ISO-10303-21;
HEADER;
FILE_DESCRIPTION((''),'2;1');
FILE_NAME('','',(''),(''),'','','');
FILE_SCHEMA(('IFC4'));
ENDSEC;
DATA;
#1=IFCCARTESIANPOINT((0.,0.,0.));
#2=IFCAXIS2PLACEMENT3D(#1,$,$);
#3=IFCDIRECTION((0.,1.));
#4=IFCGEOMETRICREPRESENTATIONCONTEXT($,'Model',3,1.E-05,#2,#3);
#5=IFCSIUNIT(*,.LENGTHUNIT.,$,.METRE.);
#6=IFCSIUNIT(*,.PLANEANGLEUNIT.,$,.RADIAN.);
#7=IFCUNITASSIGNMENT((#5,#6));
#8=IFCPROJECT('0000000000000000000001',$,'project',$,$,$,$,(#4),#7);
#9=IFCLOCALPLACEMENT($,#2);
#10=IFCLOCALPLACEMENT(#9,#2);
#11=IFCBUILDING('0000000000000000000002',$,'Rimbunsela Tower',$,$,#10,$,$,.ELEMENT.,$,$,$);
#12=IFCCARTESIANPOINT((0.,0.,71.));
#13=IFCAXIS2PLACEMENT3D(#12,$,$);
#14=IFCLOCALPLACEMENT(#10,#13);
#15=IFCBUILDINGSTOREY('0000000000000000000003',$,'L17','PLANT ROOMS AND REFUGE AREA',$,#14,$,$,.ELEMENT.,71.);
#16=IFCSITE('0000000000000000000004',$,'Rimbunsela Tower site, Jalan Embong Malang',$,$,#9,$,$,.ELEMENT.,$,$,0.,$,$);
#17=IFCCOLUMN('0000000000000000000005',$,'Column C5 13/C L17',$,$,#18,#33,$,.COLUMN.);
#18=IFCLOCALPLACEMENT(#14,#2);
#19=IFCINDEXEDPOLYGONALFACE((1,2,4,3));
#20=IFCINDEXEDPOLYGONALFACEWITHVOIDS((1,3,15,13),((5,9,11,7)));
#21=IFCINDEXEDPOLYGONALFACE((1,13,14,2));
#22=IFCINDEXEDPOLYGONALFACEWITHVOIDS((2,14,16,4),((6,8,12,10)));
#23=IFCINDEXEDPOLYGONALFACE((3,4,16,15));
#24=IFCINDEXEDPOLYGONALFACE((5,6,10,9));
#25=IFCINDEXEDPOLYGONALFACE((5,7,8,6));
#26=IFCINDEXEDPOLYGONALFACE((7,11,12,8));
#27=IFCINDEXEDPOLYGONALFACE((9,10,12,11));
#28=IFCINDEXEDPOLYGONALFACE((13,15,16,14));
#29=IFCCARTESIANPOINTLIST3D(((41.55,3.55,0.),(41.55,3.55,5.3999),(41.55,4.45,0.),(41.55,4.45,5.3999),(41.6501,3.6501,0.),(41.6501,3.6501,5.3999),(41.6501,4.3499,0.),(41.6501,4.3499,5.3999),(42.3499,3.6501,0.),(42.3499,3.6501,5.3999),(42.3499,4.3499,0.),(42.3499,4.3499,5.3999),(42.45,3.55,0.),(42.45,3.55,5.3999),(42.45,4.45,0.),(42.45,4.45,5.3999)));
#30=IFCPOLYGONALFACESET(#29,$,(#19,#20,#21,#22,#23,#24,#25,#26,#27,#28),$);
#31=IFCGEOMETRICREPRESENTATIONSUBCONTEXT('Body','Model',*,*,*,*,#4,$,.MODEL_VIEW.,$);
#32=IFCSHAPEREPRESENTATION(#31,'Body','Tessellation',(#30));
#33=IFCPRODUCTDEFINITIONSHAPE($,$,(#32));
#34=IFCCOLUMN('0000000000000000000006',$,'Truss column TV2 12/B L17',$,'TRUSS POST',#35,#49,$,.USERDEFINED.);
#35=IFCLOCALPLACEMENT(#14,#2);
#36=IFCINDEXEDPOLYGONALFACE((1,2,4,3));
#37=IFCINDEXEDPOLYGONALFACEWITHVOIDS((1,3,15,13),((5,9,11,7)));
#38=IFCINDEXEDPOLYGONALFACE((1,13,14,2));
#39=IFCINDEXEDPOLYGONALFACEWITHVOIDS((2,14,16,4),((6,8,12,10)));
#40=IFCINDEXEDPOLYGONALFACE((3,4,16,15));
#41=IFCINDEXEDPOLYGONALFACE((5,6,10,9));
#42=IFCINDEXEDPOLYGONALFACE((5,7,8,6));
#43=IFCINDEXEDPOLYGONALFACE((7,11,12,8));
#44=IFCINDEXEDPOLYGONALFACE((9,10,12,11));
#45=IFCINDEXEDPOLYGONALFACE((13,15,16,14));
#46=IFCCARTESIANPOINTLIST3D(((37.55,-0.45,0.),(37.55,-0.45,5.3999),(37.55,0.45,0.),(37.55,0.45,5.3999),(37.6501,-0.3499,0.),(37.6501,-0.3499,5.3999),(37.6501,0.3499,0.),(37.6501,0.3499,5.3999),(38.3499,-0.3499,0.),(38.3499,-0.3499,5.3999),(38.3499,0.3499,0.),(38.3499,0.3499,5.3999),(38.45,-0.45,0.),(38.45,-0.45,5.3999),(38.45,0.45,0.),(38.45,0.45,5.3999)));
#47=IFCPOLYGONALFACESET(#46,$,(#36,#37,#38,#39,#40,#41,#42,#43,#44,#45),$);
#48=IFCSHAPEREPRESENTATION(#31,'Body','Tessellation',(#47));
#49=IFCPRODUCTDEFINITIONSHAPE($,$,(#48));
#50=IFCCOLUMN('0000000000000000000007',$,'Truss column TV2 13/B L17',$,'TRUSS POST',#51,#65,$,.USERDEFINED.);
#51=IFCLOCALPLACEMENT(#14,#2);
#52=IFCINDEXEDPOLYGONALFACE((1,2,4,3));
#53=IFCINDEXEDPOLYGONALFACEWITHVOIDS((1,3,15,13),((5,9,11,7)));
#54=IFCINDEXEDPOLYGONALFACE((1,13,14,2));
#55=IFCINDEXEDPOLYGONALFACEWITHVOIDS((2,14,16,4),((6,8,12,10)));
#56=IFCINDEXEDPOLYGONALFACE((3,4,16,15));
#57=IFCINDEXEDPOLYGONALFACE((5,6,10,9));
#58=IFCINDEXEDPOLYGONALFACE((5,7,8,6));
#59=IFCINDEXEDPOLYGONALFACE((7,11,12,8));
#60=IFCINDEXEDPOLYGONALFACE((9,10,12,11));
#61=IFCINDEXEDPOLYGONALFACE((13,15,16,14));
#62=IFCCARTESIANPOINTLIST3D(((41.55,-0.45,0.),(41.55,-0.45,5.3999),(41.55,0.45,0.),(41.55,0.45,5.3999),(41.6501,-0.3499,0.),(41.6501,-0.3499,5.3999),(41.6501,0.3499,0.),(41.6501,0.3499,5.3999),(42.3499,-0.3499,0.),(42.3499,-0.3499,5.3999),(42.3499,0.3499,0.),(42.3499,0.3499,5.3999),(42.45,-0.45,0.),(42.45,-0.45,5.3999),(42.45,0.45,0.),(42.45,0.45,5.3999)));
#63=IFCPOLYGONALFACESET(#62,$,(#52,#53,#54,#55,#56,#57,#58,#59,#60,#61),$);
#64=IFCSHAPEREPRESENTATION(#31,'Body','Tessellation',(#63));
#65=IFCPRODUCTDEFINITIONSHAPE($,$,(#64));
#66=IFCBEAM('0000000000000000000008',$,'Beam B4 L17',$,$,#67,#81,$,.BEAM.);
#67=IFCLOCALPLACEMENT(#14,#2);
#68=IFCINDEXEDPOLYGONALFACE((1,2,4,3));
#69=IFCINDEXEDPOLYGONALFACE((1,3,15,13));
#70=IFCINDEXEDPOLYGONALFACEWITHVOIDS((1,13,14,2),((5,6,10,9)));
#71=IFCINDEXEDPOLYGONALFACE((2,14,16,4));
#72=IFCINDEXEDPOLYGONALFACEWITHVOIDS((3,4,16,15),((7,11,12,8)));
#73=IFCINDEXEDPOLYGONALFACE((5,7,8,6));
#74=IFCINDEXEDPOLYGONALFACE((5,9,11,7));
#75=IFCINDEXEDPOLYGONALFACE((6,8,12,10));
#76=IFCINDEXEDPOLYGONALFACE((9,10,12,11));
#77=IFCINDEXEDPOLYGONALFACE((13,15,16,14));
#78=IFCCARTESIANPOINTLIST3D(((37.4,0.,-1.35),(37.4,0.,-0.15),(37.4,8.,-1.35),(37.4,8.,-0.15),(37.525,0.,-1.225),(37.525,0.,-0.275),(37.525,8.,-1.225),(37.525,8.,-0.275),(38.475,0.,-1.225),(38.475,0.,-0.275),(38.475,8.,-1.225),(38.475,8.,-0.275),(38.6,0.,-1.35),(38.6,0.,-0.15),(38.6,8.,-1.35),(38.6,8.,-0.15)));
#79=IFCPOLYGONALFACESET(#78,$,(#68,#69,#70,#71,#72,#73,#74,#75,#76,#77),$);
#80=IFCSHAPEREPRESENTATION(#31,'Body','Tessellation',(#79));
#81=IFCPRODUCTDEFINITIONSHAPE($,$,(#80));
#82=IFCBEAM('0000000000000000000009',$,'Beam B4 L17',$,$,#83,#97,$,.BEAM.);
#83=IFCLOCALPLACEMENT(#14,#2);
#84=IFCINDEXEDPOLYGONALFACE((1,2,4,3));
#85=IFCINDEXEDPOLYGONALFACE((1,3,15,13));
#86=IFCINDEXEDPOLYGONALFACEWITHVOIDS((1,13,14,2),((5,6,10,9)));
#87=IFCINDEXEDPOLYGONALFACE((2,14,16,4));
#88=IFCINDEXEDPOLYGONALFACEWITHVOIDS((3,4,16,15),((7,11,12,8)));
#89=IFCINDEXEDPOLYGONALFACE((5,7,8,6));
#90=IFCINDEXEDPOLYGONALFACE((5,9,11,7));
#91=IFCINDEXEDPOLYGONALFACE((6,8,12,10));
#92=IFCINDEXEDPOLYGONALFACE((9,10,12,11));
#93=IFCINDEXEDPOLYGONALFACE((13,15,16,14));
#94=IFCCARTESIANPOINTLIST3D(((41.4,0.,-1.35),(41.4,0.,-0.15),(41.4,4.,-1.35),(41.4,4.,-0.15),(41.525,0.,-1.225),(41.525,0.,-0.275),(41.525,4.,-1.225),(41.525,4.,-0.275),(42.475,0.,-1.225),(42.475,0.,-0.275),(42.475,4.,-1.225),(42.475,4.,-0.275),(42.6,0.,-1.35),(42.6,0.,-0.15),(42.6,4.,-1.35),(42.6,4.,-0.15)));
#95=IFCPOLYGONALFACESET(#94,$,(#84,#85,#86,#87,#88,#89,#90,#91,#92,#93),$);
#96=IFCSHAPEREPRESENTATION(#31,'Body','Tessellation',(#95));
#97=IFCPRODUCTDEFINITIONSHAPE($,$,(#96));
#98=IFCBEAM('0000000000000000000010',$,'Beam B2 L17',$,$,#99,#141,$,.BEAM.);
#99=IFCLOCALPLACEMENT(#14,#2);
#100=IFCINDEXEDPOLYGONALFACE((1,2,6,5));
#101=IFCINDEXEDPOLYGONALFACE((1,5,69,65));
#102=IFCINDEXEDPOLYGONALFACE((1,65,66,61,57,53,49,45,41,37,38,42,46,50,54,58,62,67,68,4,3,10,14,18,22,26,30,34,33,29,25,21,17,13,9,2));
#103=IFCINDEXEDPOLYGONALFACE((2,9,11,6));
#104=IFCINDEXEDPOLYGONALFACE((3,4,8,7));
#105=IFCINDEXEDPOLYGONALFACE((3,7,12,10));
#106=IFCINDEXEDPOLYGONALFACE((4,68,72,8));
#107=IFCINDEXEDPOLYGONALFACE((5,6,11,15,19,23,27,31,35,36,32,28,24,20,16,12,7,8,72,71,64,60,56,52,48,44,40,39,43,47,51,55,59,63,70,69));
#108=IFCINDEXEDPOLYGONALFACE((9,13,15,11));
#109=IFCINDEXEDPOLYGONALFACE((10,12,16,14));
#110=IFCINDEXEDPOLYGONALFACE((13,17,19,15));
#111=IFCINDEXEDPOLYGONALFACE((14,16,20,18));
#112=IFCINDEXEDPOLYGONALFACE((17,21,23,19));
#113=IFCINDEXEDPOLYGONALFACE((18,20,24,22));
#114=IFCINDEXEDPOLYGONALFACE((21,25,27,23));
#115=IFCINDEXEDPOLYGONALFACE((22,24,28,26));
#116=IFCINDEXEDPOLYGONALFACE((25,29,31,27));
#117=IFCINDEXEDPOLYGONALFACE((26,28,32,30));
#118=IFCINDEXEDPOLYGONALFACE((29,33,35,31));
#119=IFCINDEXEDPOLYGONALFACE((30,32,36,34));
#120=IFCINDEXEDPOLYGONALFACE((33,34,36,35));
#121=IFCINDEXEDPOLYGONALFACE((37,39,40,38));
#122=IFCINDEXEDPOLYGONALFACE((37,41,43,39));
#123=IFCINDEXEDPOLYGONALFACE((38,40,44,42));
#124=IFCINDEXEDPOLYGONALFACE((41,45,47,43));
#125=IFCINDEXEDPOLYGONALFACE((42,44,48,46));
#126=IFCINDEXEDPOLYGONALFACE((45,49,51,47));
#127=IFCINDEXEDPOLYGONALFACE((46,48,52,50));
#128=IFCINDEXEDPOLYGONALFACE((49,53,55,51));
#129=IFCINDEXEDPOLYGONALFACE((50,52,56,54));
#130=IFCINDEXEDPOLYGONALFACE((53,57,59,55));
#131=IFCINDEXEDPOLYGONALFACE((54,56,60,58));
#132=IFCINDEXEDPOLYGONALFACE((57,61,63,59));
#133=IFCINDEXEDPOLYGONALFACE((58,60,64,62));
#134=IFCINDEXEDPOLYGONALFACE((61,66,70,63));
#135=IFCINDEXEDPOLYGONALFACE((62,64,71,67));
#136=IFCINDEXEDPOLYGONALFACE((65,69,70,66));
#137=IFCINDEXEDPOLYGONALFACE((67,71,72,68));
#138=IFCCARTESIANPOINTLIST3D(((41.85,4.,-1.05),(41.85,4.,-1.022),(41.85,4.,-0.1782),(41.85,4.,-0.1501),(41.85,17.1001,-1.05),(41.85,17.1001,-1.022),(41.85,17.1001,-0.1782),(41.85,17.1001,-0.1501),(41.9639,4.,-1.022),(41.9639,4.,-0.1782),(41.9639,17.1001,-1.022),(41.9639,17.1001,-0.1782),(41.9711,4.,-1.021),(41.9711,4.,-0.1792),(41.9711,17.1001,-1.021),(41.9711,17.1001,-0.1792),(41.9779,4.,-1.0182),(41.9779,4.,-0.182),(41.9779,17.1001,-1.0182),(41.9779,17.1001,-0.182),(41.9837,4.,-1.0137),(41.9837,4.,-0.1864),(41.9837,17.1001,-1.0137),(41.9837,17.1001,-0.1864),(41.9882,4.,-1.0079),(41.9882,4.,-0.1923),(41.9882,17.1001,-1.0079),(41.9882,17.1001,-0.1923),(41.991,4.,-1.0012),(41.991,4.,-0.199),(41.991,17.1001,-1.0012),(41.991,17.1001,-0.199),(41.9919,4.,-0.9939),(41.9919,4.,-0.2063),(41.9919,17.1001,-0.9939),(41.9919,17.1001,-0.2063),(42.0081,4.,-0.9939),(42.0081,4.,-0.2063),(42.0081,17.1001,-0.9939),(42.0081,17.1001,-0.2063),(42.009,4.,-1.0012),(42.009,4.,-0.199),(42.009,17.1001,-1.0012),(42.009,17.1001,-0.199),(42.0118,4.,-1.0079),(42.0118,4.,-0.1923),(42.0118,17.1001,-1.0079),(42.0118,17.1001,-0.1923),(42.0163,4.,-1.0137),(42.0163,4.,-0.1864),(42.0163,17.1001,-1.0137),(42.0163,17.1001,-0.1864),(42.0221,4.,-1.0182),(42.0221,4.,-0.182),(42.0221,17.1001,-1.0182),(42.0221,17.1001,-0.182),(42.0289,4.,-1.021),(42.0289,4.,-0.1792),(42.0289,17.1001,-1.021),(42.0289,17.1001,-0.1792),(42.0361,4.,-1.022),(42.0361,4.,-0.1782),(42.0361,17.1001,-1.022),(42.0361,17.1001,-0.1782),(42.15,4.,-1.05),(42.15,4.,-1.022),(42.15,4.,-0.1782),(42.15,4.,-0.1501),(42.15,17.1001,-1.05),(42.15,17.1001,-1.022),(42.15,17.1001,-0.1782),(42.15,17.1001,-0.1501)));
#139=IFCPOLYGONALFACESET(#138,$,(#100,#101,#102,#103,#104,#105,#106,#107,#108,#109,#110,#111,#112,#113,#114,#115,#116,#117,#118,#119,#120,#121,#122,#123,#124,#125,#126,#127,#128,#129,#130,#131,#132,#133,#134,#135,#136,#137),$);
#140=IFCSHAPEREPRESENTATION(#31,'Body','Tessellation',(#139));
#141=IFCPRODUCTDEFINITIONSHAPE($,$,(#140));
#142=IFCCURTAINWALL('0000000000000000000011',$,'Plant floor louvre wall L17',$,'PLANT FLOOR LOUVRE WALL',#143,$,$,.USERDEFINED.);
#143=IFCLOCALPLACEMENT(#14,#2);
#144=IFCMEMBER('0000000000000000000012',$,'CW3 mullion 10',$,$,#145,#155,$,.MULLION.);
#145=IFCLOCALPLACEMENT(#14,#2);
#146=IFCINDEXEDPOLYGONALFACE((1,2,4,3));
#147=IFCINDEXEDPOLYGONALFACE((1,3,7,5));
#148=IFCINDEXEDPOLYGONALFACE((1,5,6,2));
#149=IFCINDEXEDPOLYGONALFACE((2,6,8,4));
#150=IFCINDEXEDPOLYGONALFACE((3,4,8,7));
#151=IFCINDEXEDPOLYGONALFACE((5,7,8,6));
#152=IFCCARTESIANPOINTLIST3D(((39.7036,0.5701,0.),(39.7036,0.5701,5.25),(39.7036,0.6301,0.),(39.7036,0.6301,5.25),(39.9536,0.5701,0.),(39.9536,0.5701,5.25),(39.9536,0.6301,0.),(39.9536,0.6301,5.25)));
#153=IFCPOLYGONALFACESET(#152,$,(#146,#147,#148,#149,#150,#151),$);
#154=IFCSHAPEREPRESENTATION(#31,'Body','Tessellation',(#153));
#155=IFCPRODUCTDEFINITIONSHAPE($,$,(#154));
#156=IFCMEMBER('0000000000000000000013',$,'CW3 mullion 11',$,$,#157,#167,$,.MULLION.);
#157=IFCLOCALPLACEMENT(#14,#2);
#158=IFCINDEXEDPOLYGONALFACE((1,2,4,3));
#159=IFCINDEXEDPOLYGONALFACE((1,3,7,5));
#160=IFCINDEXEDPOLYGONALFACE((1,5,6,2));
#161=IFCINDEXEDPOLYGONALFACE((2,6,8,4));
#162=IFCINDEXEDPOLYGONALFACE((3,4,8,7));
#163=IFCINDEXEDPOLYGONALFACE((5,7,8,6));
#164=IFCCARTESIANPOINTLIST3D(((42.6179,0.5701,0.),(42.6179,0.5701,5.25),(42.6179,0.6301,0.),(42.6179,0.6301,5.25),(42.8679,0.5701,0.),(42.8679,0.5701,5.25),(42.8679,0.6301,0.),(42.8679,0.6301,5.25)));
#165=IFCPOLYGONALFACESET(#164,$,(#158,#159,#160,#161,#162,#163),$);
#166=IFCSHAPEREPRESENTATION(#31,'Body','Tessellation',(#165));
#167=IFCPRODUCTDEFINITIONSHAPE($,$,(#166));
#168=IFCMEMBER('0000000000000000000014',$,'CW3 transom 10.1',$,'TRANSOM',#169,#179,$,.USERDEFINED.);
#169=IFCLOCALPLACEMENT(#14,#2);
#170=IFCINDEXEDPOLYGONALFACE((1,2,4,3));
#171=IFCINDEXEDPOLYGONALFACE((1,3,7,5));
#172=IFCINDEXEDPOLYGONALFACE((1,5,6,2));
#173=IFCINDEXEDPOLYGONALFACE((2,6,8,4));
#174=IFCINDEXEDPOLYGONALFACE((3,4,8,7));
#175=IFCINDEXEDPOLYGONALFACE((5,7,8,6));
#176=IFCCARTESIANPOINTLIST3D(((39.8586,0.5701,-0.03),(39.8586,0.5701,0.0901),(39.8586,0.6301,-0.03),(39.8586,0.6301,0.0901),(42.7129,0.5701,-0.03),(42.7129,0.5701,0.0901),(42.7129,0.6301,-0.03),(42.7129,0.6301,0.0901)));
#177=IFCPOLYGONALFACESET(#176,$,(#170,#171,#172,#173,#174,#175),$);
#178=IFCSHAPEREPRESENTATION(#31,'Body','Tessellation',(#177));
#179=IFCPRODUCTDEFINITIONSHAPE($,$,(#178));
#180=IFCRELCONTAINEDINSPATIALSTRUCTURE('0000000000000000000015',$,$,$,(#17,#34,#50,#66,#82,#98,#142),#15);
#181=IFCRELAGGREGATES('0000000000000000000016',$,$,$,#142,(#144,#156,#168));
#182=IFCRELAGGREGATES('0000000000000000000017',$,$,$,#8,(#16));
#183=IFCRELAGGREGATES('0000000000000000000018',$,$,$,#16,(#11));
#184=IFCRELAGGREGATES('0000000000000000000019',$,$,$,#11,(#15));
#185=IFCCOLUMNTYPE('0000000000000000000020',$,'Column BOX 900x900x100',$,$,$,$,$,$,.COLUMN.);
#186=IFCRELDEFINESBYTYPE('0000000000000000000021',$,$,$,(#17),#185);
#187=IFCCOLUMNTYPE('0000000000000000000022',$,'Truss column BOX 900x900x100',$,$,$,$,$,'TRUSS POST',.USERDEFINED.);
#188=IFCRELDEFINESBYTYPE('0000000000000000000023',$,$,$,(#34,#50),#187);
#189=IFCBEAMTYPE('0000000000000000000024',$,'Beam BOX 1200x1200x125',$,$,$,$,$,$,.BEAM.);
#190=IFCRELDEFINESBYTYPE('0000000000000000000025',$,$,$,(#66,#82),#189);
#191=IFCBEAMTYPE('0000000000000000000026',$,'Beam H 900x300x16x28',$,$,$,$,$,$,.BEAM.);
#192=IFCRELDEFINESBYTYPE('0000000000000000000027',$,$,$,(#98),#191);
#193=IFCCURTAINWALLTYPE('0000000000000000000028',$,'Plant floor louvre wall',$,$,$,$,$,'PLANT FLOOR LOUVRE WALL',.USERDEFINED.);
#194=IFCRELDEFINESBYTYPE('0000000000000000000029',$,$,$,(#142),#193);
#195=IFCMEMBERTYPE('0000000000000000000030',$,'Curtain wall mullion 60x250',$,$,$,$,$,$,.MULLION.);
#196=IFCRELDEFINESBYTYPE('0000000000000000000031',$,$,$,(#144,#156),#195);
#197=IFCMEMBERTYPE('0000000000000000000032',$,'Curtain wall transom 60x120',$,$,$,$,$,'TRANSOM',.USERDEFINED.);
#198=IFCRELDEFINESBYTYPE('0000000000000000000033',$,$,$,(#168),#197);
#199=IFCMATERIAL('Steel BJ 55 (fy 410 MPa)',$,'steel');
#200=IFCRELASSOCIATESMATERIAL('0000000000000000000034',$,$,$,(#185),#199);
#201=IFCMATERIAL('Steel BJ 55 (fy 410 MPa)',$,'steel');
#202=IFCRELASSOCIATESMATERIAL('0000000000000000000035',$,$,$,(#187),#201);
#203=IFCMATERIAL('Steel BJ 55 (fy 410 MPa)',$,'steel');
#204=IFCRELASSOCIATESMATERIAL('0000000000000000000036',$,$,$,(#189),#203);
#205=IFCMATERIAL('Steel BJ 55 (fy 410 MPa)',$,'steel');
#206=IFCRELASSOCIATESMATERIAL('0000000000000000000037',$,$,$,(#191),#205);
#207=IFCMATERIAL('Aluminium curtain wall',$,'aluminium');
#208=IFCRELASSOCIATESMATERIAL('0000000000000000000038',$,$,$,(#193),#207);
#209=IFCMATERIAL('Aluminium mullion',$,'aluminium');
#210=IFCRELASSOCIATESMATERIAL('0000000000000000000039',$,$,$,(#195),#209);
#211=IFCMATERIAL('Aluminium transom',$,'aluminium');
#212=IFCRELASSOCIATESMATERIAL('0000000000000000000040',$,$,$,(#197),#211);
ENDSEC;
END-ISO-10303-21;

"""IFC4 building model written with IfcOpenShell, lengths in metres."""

from ifc_helpers import new_model, si_unit, direction, frame, origin, origin_2d, place, context, subcontext, project, spatial, rectangle, hollow_rectangle, i_section, extrude, material, material_profile, profile_set, type_object, element, aggregate, save


model = new_model("IFC4")

# Units and contexts
model_context = context("Model", 3, precision=1e-05, world=origin(), true_north=direction((0.0, 1.0)))
body_context = subcontext(model_context, "Body", "Model", "MODEL_VIEW")
ifc_project = project(units=[si_unit("LENGTHUNIT", "METRE"), si_unit("PLANEANGLEUNIT", "RADIAN")], contexts=[model_context])

# Site, building, storey
site_placement = place(None, origin())
site = spatial("IfcSite", under=ifc_project, at=site_placement, Name="Rimbunsela Tower site, Jalan Embong Malang", CompositionType="ELEMENT", RefElevation=0.0)
building_placement = place(site_placement, origin())
building = spatial("IfcBuilding", under=site, at=building_placement, Name="Rimbunsela Tower", CompositionType="ELEMENT")
storey_placement = place(building_placement, frame((0.0, 0.0, 71.0)))
storey = spatial("IfcBuildingStorey", under=building, at=storey_placement, Name="L17", Description="PLANT ROOMS AND REFUGE AREA", CompositionType="ELEMENT", Elevation=71.0)

# Columns
ifc_material_1 = material(Name="Steel BJ 55 (fy 410 MPa)", Category="steel")
ifc_material_profile_1 = material_profile(ifc_material_1, hollow_rectangle(XDim=0.8999, YDim=0.8999, WallThickness=0.1001, at=origin_2d()), Name="BOX 900x900x100")
ifc_profile_set_1 = profile_set([ifc_material_profile_1], Name="Steel BJ 55 (fy 410 MPa)")
column_type_1 = type_object("IfcColumnType", Name="Column BOX 900x900x100", PredefinedType="COLUMN", material=ifc_profile_set_1)
column_placement = place(storey_placement, frame((42.0, 4.0, 0.0), z_axis=(0.0, 0.0, 1.0), x_axis=(1.0, 0.0, 0.0)))
element("IfcColumn", 1, at=column_placement, inside=storey, type_object=column_type_1, Name="Column C5 13/C L17", PredefinedType="COLUMN", context=body_context, shape_type="SweptSolid", body=[
    extrude(hollow_rectangle(XDim=0.8999, YDim=0.8999, WallThickness=0.1001, at=origin_2d()), origin(), (0.0, 0.0, 1.0), 5.3999),
])
ifc_material_2 = material(Name="Steel BJ 55 (fy 410 MPa)", Category="steel")
ifc_material_profile_2 = material_profile(ifc_material_2, hollow_rectangle(XDim=0.8999, YDim=0.8999, WallThickness=0.1001, at=origin_2d()), Name="BOX 900x900x100")
ifc_profile_set_2 = profile_set([ifc_material_profile_2], Name="Steel BJ 55 (fy 410 MPa)")
column_type_2 = type_object("IfcColumnType", Name="Truss column BOX 900x900x100", ElementType="TRUSS POST", PredefinedType="USERDEFINED", material=ifc_profile_set_2)
for number, where, z_axis, x_axis, name in (
    (2, (38.0, 0.0, 0.0), (0.0, 0.0, 1.0), (1.0, 0.0, 0.0), "Truss column TV2 12/B L17"),
    (3, (42.0, 0.0, 0.0), (0.0, 0.0, 1.0), (1.0, 0.0, 0.0), "Truss column TV2 13/B L17"),
):
    element("IfcColumn", number, at=place(storey_placement, frame(where, z_axis=z_axis, x_axis=x_axis)), inside=storey, type_object=column_type_2, Name=name, ObjectType="TRUSS POST", PredefinedType="USERDEFINED", context=body_context, shape_type="SweptSolid", body=[
        extrude(hollow_rectangle(XDim=0.8999, YDim=0.8999, WallThickness=0.1001, at=origin_2d()), origin(), (0.0, 0.0, 1.0), 5.3999),
    ])

# Beams
ifc_material_3 = material(Name="Steel BJ 55 (fy 410 MPa)", Category="steel")
ifc_material_profile_3 = material_profile(ifc_material_3, hollow_rectangle(XDim=1.2, YDim=1.2, WallThickness=0.125, at=origin_2d()), Name="BOX 1200x1200x125")
ifc_profile_set_3 = profile_set([ifc_material_profile_3], Name="Steel BJ 55 (fy 410 MPa)")
beam_type_1 = type_object("IfcBeamType", Name="Beam BOX 1200x1200x125", PredefinedType="BEAM", material=ifc_profile_set_3)
beam_1_placement = place(storey_placement, frame((38.0, 0.0, -0.75), z_axis=(0.0, 1.0, 0.0), x_axis=(-1.0, 0.0, 0.0)))
element("IfcBeam", 4, at=beam_1_placement, inside=storey, type_object=beam_type_1, Name="Beam B4 L17", PredefinedType="BEAM", context=body_context, shape_type="SweptSolid", body=[
    extrude(hollow_rectangle(XDim=1.2, YDim=1.2, WallThickness=0.125, at=origin_2d()), origin(), (0.0, 0.0, 1.0), 8.0),
])
beam_2_placement = place(storey_placement, frame((42.0, 0.0, -0.75), z_axis=(0.0, 1.0, 0.0), x_axis=(-1.0, 0.0, 0.0)))
element("IfcBeam", 5, at=beam_2_placement, inside=storey, type_object=beam_type_1, Name="Beam B4 L17", PredefinedType="BEAM", context=body_context, shape_type="SweptSolid", body=[
    extrude(hollow_rectangle(XDim=1.2, YDim=1.2, WallThickness=0.125, at=origin_2d()), origin(), (0.0, 0.0, 1.0), 4.0),
])
ifc_material_4 = material(Name="Steel BJ 55 (fy 410 MPa)", Category="steel")
ifc_material_profile_4 = material_profile(ifc_material_4, i_section(OverallWidth=0.3, OverallDepth=0.8999, WebThickness=0.0161, FlangeThickness=0.0281, FilletRadius=0.0281, at=origin_2d()), Name="H 900x300x16x28")
ifc_profile_set_4 = profile_set([ifc_material_profile_4], Name="Steel BJ 55 (fy 410 MPa)")
beam_type_2 = type_object("IfcBeamType", Name="Beam H 900x300x16x28", PredefinedType="BEAM", material=ifc_profile_set_4)
beam_3_placement = place(storey_placement, frame((42.0, 4.0, -0.6001), z_axis=(0.0, 1.0, 0.0), x_axis=(-1.0, 0.0, 0.0)))
element("IfcBeam", 6, at=beam_3_placement, inside=storey, type_object=beam_type_2, Name="Beam B2 L17", PredefinedType="BEAM", context=body_context, shape_type="SweptSolid", body=[
    extrude(i_section(OverallWidth=0.3, OverallDepth=0.8999, WebThickness=0.0161, FlangeThickness=0.0281, FilletRadius=0.0281, at=origin_2d()), origin(), (0.0, 0.0, 1.0), 13.1001),
])

# Curtain wall, members
ifc_material_5 = material(Name="Aluminium curtain wall", Category="aluminium")
curtain_wall_type = type_object("IfcCurtainWallType", Name="Plant floor louvre wall", ElementType="PLANT FLOOR LOUVRE WALL", PredefinedType="USERDEFINED", material=ifc_material_5)
curtain_wall_placement = place(storey_placement, origin())
curtain_wall = element("IfcCurtainWall", 7, at=curtain_wall_placement, inside=storey, type_object=curtain_wall_type, Name="Plant floor louvre wall L17", ObjectType="PLANT FLOOR LOUVRE WALL", PredefinedType="USERDEFINED")
ifc_material_6 = material(Name="Aluminium mullion", Category="aluminium")
ifc_material_profile_5 = material_profile(ifc_material_6, rectangle(XDim=0.0601, YDim=0.25, at=origin_2d()), Name="Mullion 60x250")
ifc_profile_set_5 = profile_set([ifc_material_profile_5], Name="Aluminium mullion")
member_type_1 = type_object("IfcMemberType", Name="Curtain wall mullion 60x250", PredefinedType="MULLION", material=ifc_profile_set_5)
member_1_placement = place(storey_placement, frame((39.8286, 0.6001, 0.0), z_axis=(0.0, 0.0, 1.0), x_axis=(0.0, 1.0, 0.0)))
member_1 = element("IfcMember", 8, at=member_1_placement, type_object=member_type_1, Name="CW3 mullion 10", PredefinedType="MULLION", context=body_context, shape_type="SweptSolid", body=[
    extrude(rectangle(XDim=0.0601, YDim=0.25, at=origin_2d()), origin(), (0.0, 0.0, 1.0), 5.25),
])
member_2_placement = place(storey_placement, frame((42.7429, 0.6001, 0.0), z_axis=(0.0, 0.0, 1.0), x_axis=(0.0, 1.0, 0.0)))
member_2 = element("IfcMember", 9, at=member_2_placement, type_object=member_type_1, Name="CW3 mullion 11", PredefinedType="MULLION", context=body_context, shape_type="SweptSolid", body=[
    extrude(rectangle(XDim=0.0601, YDim=0.25, at=origin_2d()), origin(), (0.0, 0.0, 1.0), 5.25),
])
ifc_material_7 = material(Name="Aluminium transom", Category="aluminium")
ifc_material_profile_6 = material_profile(ifc_material_7, rectangle(XDim=0.0601, YDim=0.1201, at=origin_2d()), Name="Transom 60x120")
ifc_profile_set_6 = profile_set([ifc_material_profile_6], Name="Aluminium transom")
member_type_2 = type_object("IfcMemberType", Name="Curtain wall transom 60x120", ElementType="TRANSOM", PredefinedType="USERDEFINED", material=ifc_profile_set_6)
member_3_placement = place(storey_placement, frame((39.8586, 0.6001, 0.03), z_axis=(1.0, 0.0, 0.0), x_axis=(0.0, 1.0, 0.0)))
member_3 = element("IfcMember", 10, at=member_3_placement, type_object=member_type_2, Name="CW3 transom 10.1", ObjectType="TRANSOM", PredefinedType="USERDEFINED", context=body_context, shape_type="SweptSolid", body=[
    extrude(rectangle(XDim=0.0601, YDim=0.1201, at=origin_2d()), origin(), (0.0, 0.0, 1.0), 2.8542),
])

aggregate(curtain_wall, [member_1, member_2, member_3])

save(model, "model.ifc")
